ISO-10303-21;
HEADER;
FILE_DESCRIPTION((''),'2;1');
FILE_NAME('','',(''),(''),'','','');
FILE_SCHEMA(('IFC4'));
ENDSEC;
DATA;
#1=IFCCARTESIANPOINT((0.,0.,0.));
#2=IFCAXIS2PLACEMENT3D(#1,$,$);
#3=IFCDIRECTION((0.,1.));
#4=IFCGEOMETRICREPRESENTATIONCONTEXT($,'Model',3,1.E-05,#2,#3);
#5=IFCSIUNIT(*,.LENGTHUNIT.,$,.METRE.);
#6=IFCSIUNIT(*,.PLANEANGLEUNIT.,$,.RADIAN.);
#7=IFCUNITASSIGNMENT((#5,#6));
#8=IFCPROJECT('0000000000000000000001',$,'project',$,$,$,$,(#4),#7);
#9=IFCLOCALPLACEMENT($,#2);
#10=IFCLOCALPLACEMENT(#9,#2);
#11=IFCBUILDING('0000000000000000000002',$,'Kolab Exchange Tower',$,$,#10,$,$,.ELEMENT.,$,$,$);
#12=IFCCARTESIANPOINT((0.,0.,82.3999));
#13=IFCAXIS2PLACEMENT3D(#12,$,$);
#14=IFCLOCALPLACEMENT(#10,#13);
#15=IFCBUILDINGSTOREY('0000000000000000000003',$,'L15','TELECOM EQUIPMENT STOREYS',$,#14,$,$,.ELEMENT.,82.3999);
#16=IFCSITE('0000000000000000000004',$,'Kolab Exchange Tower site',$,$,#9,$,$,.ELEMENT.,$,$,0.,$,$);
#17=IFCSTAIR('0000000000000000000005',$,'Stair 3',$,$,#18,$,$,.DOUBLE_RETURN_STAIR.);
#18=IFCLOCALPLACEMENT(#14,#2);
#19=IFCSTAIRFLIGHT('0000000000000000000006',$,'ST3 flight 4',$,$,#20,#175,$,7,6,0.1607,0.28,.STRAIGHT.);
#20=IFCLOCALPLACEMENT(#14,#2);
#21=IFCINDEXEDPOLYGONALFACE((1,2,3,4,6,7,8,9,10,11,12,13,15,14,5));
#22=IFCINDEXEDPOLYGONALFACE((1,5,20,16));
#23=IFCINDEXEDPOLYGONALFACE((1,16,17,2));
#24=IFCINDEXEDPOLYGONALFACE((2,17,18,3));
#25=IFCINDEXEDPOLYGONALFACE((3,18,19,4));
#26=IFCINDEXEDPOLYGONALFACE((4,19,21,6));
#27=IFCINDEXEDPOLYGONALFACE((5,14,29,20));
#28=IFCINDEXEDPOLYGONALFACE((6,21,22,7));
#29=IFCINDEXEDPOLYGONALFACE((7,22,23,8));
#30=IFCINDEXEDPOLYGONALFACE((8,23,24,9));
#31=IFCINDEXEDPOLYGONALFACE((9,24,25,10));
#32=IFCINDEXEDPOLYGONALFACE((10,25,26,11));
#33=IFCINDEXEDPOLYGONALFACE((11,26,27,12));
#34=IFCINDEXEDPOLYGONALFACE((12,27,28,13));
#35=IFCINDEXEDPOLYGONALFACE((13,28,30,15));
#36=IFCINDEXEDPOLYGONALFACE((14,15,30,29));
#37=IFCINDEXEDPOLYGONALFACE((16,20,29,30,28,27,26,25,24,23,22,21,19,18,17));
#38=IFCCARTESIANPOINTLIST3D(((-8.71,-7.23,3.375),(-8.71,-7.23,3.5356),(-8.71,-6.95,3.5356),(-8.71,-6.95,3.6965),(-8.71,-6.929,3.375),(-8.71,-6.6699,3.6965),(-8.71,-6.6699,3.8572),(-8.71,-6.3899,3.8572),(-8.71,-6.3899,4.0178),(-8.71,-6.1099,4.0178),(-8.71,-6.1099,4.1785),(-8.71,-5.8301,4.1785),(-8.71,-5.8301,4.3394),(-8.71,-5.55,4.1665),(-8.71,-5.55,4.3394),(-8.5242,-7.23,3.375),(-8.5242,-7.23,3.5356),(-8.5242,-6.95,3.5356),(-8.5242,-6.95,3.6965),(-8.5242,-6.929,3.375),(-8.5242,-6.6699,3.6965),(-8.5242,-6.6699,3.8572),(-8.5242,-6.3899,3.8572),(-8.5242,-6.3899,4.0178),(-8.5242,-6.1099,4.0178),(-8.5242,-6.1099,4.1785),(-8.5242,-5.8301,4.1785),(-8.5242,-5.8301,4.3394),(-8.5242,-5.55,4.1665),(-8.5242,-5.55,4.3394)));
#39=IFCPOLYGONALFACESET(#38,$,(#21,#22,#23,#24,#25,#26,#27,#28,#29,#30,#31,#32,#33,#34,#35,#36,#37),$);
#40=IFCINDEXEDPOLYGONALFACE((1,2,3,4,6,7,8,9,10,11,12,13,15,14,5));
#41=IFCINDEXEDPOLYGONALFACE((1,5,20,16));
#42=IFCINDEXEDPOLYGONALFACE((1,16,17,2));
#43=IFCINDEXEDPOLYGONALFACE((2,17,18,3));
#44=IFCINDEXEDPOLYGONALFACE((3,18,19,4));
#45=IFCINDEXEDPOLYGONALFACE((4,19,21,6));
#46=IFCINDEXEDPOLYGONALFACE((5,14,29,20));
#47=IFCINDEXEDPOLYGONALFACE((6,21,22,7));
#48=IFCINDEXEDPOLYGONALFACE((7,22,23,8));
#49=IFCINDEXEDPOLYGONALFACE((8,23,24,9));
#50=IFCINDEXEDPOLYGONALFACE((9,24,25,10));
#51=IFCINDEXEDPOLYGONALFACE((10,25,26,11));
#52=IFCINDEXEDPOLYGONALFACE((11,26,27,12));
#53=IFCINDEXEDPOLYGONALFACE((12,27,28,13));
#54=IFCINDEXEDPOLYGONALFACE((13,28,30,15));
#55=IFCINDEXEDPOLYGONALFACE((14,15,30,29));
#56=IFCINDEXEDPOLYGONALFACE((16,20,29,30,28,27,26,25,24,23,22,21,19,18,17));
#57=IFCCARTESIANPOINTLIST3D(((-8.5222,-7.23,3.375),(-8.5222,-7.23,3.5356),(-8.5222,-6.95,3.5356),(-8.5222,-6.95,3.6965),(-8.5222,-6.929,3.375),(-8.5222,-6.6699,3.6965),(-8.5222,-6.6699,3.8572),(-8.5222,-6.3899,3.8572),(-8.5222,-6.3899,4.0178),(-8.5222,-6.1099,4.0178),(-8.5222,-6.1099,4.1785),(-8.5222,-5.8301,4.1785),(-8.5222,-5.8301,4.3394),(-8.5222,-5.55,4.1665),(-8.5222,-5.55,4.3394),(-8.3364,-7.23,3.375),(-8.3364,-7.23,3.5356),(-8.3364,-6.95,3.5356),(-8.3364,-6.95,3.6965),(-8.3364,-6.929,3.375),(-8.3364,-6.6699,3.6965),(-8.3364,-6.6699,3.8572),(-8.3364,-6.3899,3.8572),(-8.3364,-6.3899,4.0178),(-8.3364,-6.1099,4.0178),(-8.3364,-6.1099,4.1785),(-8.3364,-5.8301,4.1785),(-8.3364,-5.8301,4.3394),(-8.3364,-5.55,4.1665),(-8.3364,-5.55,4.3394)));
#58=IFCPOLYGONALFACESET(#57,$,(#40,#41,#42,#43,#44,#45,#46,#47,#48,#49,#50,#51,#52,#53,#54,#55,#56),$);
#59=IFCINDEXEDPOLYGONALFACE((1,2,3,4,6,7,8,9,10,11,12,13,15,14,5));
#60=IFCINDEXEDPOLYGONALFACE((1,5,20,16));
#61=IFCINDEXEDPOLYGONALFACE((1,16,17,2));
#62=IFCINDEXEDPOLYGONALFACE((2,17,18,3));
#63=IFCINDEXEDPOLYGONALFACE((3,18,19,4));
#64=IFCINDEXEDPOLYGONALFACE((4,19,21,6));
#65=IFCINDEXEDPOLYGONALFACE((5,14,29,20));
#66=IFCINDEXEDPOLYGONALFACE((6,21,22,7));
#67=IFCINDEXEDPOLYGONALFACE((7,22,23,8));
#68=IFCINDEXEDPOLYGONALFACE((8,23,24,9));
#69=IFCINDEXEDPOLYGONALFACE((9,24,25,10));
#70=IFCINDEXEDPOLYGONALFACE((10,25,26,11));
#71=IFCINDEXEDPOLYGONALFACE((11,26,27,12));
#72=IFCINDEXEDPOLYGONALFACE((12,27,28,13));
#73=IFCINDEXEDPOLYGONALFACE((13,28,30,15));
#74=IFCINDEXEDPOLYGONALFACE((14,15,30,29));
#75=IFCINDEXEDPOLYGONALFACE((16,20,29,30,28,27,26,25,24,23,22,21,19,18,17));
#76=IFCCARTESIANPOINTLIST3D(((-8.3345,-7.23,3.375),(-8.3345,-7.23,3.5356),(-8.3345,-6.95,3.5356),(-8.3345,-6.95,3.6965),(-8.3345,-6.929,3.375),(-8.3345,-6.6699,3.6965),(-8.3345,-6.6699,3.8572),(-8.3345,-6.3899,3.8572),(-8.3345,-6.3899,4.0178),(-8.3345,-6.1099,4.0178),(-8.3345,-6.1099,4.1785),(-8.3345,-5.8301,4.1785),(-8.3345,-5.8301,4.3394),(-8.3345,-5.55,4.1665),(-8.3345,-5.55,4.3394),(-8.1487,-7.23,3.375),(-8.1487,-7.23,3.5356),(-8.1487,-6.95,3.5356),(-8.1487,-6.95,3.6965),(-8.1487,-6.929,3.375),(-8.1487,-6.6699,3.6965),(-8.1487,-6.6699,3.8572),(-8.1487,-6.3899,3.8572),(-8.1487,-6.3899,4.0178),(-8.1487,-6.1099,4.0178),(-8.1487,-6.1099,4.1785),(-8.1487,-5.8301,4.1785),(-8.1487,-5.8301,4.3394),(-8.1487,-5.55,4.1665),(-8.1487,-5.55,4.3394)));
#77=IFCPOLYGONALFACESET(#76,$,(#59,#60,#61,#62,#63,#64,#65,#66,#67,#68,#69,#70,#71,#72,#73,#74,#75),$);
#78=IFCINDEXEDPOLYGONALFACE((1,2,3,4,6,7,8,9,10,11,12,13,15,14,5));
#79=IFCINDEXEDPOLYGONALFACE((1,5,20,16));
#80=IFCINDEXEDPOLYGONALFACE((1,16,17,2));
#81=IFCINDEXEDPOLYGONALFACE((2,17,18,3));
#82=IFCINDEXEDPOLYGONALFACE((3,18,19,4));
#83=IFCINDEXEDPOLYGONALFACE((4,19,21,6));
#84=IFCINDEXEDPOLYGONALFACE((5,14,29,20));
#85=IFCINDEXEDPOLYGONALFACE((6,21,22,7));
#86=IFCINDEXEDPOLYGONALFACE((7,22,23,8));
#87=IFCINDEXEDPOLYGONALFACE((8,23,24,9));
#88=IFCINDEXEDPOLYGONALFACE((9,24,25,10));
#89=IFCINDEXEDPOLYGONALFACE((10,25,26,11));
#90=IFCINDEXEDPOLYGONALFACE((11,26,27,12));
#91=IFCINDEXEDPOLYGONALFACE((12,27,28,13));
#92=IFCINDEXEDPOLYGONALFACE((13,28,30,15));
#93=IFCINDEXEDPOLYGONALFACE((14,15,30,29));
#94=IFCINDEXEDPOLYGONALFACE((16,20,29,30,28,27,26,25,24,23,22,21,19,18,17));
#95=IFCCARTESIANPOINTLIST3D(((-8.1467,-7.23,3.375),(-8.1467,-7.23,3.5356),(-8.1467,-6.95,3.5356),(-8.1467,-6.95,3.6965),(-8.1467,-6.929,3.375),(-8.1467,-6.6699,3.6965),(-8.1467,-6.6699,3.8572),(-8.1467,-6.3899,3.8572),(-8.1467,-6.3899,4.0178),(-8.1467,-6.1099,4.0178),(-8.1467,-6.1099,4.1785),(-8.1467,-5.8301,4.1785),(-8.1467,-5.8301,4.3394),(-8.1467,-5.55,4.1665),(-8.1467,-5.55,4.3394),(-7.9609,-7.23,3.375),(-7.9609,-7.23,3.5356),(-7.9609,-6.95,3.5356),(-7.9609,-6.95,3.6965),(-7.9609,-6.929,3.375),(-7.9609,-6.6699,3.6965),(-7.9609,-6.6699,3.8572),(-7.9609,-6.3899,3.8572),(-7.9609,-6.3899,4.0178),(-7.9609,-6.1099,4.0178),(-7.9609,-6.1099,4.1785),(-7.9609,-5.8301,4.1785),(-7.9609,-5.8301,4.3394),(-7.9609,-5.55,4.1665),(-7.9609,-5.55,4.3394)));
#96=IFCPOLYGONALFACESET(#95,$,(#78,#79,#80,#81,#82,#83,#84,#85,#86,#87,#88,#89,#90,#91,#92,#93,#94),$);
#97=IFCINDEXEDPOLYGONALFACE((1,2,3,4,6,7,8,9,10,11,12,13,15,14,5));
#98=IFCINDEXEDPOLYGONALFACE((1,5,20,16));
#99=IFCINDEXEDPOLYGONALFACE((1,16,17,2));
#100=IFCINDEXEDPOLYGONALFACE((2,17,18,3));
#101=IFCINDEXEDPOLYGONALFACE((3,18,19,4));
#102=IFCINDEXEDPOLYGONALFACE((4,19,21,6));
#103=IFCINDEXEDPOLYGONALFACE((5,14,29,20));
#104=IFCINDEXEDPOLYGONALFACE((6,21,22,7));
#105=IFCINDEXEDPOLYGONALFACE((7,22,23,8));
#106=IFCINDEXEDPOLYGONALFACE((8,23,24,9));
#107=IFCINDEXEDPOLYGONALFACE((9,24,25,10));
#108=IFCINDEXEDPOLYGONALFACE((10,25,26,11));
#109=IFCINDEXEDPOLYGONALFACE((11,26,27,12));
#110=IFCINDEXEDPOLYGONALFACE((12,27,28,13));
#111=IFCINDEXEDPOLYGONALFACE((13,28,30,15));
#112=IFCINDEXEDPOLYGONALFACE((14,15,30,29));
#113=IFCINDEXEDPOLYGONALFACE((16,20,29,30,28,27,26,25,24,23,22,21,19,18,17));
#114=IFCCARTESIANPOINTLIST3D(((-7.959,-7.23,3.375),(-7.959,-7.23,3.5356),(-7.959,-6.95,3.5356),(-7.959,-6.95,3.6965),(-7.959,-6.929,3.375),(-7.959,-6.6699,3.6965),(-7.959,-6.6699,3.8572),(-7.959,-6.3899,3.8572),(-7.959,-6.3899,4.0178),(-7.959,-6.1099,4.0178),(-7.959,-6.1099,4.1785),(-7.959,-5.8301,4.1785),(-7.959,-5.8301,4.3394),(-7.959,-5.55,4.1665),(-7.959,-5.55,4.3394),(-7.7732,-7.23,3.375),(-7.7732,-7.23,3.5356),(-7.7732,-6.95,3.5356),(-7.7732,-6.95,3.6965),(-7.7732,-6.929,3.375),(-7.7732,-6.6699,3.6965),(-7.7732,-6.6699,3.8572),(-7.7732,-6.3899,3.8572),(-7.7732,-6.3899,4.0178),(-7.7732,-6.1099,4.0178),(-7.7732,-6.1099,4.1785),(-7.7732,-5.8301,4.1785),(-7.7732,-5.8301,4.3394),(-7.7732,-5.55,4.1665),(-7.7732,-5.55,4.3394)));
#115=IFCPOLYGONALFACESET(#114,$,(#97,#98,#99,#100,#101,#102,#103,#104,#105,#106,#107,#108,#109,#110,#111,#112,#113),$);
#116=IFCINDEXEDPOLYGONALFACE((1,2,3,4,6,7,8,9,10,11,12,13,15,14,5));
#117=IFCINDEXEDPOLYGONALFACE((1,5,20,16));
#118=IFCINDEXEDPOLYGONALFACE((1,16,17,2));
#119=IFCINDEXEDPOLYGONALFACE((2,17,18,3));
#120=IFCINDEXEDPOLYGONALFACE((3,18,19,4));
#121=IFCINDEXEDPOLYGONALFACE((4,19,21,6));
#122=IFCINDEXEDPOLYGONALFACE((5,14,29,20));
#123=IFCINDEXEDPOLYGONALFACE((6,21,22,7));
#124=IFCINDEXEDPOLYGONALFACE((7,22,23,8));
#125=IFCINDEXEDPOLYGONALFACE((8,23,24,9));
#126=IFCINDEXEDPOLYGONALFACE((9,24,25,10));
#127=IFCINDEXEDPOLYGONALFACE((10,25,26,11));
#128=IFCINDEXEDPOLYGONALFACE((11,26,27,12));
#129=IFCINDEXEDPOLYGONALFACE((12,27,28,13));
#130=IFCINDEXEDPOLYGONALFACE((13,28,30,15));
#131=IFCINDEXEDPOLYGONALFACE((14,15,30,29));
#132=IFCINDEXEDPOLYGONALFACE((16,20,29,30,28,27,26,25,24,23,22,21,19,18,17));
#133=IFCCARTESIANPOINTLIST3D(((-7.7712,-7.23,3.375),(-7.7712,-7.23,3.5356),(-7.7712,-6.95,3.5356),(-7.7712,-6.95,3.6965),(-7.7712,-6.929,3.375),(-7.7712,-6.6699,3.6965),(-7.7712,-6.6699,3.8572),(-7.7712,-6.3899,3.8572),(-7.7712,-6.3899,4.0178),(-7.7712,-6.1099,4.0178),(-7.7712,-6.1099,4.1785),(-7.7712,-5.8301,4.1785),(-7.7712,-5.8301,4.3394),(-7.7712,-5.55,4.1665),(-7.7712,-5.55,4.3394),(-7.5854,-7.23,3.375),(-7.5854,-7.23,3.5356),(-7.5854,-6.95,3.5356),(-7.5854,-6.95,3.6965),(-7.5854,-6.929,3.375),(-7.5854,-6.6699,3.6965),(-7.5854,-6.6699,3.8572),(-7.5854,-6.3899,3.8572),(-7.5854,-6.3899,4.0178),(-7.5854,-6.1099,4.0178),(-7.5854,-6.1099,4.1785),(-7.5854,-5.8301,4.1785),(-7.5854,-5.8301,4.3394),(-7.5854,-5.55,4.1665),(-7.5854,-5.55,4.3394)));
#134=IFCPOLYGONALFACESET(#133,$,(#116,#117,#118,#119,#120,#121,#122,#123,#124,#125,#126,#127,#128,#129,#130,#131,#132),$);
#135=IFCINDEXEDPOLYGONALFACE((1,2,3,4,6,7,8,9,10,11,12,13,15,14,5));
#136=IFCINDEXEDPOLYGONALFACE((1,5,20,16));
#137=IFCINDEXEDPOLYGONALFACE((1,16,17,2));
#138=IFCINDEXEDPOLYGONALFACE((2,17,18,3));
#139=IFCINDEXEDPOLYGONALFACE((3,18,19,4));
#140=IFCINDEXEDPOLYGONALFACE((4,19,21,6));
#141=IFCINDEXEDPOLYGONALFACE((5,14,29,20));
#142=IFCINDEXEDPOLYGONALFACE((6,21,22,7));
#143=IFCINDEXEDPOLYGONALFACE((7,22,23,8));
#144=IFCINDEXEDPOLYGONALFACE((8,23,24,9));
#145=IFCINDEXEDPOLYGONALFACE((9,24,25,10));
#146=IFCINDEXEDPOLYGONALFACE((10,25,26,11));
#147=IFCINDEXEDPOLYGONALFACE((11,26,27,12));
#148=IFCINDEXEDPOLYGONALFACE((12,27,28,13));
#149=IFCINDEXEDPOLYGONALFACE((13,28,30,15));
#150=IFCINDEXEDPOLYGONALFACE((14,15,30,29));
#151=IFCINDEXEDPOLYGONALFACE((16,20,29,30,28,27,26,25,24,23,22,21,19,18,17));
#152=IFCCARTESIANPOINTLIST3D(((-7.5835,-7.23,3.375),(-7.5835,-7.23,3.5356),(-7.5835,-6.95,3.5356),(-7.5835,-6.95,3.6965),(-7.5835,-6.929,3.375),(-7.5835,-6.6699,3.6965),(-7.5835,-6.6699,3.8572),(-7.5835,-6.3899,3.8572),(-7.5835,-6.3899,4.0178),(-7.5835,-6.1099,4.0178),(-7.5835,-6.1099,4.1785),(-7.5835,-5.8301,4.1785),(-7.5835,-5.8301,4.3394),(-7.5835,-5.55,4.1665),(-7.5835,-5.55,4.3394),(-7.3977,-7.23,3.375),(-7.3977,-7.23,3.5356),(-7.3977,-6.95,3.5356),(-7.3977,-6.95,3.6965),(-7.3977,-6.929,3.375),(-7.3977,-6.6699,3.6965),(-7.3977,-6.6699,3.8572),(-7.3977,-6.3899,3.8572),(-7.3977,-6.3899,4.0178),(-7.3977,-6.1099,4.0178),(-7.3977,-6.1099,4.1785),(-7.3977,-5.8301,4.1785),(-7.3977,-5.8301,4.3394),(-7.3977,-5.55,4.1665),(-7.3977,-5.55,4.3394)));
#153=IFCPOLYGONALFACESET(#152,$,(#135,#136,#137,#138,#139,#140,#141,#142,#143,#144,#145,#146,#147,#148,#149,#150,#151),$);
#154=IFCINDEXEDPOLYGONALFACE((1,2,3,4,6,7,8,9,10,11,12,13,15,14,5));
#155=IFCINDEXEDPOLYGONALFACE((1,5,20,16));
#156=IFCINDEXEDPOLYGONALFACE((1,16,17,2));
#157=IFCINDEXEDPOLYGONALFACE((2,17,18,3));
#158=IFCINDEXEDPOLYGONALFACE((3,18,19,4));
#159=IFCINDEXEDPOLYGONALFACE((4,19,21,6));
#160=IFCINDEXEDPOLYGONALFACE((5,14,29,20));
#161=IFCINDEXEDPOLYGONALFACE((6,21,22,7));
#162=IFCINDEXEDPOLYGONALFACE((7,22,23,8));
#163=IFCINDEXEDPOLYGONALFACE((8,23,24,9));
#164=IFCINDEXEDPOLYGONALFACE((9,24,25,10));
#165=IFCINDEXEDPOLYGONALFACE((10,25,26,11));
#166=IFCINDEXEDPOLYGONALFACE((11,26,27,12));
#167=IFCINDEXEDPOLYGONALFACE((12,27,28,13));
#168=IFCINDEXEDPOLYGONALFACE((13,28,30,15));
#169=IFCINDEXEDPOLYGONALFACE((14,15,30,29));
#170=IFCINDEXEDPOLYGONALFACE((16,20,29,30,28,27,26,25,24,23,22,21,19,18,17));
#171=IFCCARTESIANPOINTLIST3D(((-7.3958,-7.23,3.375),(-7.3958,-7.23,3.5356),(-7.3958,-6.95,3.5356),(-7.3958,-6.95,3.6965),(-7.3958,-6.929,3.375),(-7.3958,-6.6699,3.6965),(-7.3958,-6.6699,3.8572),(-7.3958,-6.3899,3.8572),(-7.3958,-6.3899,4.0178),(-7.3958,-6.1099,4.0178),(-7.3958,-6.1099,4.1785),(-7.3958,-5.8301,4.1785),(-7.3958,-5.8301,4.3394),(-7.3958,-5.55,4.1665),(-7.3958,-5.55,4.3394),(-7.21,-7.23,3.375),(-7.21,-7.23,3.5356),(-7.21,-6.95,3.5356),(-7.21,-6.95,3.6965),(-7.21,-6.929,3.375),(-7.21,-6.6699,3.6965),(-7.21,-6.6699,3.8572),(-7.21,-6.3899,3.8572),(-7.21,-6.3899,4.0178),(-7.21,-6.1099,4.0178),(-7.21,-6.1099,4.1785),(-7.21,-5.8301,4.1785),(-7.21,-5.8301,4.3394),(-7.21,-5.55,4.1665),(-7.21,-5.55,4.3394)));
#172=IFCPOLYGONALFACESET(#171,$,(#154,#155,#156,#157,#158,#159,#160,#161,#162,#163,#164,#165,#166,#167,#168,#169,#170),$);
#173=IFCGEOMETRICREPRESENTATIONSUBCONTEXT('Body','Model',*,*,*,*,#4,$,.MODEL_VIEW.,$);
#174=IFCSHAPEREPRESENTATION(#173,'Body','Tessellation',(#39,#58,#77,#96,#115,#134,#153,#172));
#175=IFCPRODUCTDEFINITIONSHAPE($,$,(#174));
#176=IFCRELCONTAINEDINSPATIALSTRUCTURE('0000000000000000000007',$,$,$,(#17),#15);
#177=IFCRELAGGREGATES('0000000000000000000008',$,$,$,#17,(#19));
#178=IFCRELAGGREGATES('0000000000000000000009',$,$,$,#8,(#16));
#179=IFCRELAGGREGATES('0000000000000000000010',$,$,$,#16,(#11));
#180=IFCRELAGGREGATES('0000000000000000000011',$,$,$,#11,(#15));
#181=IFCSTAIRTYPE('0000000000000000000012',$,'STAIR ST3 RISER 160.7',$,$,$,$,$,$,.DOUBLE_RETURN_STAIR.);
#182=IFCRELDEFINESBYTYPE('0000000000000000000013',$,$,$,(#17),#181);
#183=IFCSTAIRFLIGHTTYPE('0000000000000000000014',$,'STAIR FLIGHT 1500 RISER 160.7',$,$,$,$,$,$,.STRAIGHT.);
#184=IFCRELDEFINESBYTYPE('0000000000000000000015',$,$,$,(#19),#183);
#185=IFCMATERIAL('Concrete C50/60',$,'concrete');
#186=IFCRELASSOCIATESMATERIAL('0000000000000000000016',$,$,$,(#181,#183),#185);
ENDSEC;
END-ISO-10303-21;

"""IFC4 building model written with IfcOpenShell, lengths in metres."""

from ifc_helpers import new_model, si_unit, direction, frame, origin, place, context, subcontext, project, spatial, polyline, outline, extrude, material, type_object, element, aggregate, save


model = new_model("IFC4")

# Units and contexts
model_context = context("Model", 3, precision=1e-05, world=origin(), true_north=direction((0.0, 1.0)))
body_context = subcontext(model_context, "Body", "Model", "MODEL_VIEW")
ifc_project = project(units=[si_unit("LENGTHUNIT", "METRE"), si_unit("PLANEANGLEUNIT", "RADIAN")], contexts=[model_context])

# Site, building, storey
site_placement = place(None, origin())
site = spatial("IfcSite", under=ifc_project, at=site_placement, Name="Kolab Exchange Tower site", CompositionType="ELEMENT", RefElevation=0.0)
building_placement = place(site_placement, origin())
building = spatial("IfcBuilding", under=site, at=building_placement, Name="Kolab Exchange Tower", CompositionType="ELEMENT")
storey_placement = place(building_placement, frame((0.0, 0.0, 82.3999)))
storey = spatial("IfcBuildingStorey", under=building, at=storey_placement, Name="L15", Description="TELECOM EQUIPMENT STOREYS", CompositionType="ELEMENT", Elevation=82.3999)

# Shared definitions
ifc_material_1 = material(Name="Concrete C50/60", Category="concrete")

# Stair, stair flight
stair_type = type_object("IfcStairType", Name="STAIR ST3 RISER 160.7", PredefinedType="DOUBLE_RETURN_STAIR", material=ifc_material_1)
stair_placement = place(storey_placement, origin())
stair = element("IfcStair", 1, at=stair_placement, inside=storey, type_object=stair_type, Name="Stair 3", PredefinedType="DOUBLE_RETURN_STAIR")
stair_flight_type = type_object("IfcStairFlightType", Name="STAIR FLIGHT 1500 RISER 160.7", PredefinedType="STRAIGHT", material=ifc_material_1)
stair_flight_1_placement = place(storey_placement, frame((-7.96, -7.23, 3.375), z_axis=(0.0, 0.0, 1.0), x_axis=(0.0, 1.0, 0.0)))
stair_flight_1 = element("IfcStairFlight", 2, at=stair_flight_1_placement, type_object=stair_flight_type, Name="ST3 flight 4", NumberOfRisers=7, NumberOfTreads=6, PredefinedType="STRAIGHT", RiserHeight=0.1607, TreadLength=0.28, context=body_context, shape_type="SweptSolid", body=[
    extrude(outline(polyline([(0.0, 0.0), (0.0, 0.1606), (0.28, 0.1606), (0.28, 0.3215), (0.5601, 0.3215), (0.5601, 0.4822), (0.8401, 0.4822), (0.8401, 0.6428), (1.1201, 0.6428), (1.1201, 0.8035), (1.3999, 0.8035), (1.3999, 0.9644), (1.6799, 0.9644), (1.6799, 1.125), (1.6799, 0.7915), (0.301, 0.0), (0.0, 0.0)])), frame((0.0, 0.75, 0.0), z_axis=(0.0, -1.0, 0.0), x_axis=(1.0, 0.0, 0.0)), (0.0, 0.0, 1.0), 0.1858),
    extrude(outline(polyline([(0.0, 0.0), (0.0, 0.1606), (0.28, 0.1606), (0.28, 0.3215), (0.5601, 0.3215), (0.5601, 0.4822), (0.8401, 0.4822), (0.8401, 0.6428), (1.1201, 0.6428), (1.1201, 0.8035), (1.3999, 0.8035), (1.3999, 0.9644), (1.6799, 0.9644), (1.6799, 1.125), (1.6799, 0.7915), (0.301, 0.0), (0.0, 0.0)])), frame((0.0, 0.5623, 0.0), z_axis=(0.0, -1.0, 0.0), x_axis=(1.0, 0.0, 0.0)), (0.0, 0.0, 1.0), 0.1858),
    extrude(outline(polyline([(0.0, 0.0), (0.0, 0.1606), (0.28, 0.1606), (0.28, 0.3215), (0.5601, 0.3215), (0.5601, 0.4822), (0.8401, 0.4822), (0.8401, 0.6428), (1.1201, 0.6428), (1.1201, 0.8035), (1.3999, 0.8035), (1.3999, 0.9644), (1.6799, 0.9644), (1.6799, 1.125), (1.6799, 0.7915), (0.301, 0.0), (0.0, 0.0)])), frame((0.0, 0.3745, 0.0), z_axis=(0.0, -1.0, 0.0), x_axis=(1.0, 0.0, 0.0)), (0.0, 0.0, 1.0), 0.1858),
    extrude(outline(polyline([(0.0, 0.0), (0.0, 0.1606), (0.28, 0.1606), (0.28, 0.3215), (0.5601, 0.3215), (0.5601, 0.4822), (0.8401, 0.4822), (0.8401, 0.6428), (1.1201, 0.6428), (1.1201, 0.8035), (1.3999, 0.8035), (1.3999, 0.9644), (1.6799, 0.9644), (1.6799, 1.125), (1.6799, 0.7915), (0.301, 0.0), (0.0, 0.0)])), frame((0.0, 0.1868, 0.0), z_axis=(0.0, -1.0, 0.0), x_axis=(1.0, 0.0, 0.0)), (0.0, 0.0, 1.0), 0.1858),
    extrude(outline(polyline([(0.0, 0.0), (0.0, 0.1606), (0.28, 0.1606), (0.28, 0.3215), (0.5601, 0.3215), (0.5601, 0.4822), (0.8401, 0.4822), (0.8401, 0.6428), (1.1201, 0.6428), (1.1201, 0.8035), (1.3999, 0.8035), (1.3999, 0.9644), (1.6799, 0.9644), (1.6799, 1.125), (1.6799, 0.7915), (0.301, 0.0), (0.0, 0.0)])), frame((0.0, -0.001, 0.0), z_axis=(0.0, -1.0, 0.0), x_axis=(1.0, 0.0, 0.0)), (0.0, 0.0, 1.0), 0.1858),
    extrude(outline(polyline([(0.0, 0.0), (0.0, 0.1606), (0.28, 0.1606), (0.28, 0.3215), (0.5601, 0.3215), (0.5601, 0.4822), (0.8401, 0.4822), (0.8401, 0.6428), (1.1201, 0.6428), (1.1201, 0.8035), (1.3999, 0.8035), (1.3999, 0.9644), (1.6799, 0.9644), (1.6799, 1.125), (1.6799, 0.7915), (0.301, 0.0), (0.0, 0.0)])), frame((0.0, -0.1887, 0.0), z_axis=(0.0, -1.0, 0.0), x_axis=(1.0, 0.0, 0.0)), (0.0, 0.0, 1.0), 0.1858),
    extrude(outline(polyline([(0.0, 0.0), (0.0, 0.1606), (0.28, 0.1606), (0.28, 0.3215), (0.5601, 0.3215), (0.5601, 0.4822), (0.8401, 0.4822), (0.8401, 0.6428), (1.1201, 0.6428), (1.1201, 0.8035), (1.3999, 0.8035), (1.3999, 0.9644), (1.6799, 0.9644), (1.6799, 1.125), (1.6799, 0.7915), (0.301, 0.0), (0.0, 0.0)])), frame((0.0, -0.3765, 0.0), z_axis=(0.0, -1.0, 0.0), x_axis=(1.0, 0.0, 0.0)), (0.0, 0.0, 1.0), 0.1858),
    extrude(outline(polyline([(0.0, 0.0), (0.0, 0.1606), (0.28, 0.1606), (0.28, 0.3215), (0.5601, 0.3215), (0.5601, 0.4822), (0.8401, 0.4822), (0.8401, 0.6428), (1.1201, 0.6428), (1.1201, 0.8035), (1.3999, 0.8035), (1.3999, 0.9644), (1.6799, 0.9644), (1.6799, 1.125), (1.6799, 0.7915), (0.301, 0.0), (0.0, 0.0)])), frame((0.0, -0.5642, 0.0), z_axis=(0.0, -1.0, 0.0), x_axis=(1.0, 0.0, 0.0)), (0.0, 0.0, 1.0), 0.1858),
])
aggregate(stair, [stair_flight_1])

save(model, "model.ifc")
